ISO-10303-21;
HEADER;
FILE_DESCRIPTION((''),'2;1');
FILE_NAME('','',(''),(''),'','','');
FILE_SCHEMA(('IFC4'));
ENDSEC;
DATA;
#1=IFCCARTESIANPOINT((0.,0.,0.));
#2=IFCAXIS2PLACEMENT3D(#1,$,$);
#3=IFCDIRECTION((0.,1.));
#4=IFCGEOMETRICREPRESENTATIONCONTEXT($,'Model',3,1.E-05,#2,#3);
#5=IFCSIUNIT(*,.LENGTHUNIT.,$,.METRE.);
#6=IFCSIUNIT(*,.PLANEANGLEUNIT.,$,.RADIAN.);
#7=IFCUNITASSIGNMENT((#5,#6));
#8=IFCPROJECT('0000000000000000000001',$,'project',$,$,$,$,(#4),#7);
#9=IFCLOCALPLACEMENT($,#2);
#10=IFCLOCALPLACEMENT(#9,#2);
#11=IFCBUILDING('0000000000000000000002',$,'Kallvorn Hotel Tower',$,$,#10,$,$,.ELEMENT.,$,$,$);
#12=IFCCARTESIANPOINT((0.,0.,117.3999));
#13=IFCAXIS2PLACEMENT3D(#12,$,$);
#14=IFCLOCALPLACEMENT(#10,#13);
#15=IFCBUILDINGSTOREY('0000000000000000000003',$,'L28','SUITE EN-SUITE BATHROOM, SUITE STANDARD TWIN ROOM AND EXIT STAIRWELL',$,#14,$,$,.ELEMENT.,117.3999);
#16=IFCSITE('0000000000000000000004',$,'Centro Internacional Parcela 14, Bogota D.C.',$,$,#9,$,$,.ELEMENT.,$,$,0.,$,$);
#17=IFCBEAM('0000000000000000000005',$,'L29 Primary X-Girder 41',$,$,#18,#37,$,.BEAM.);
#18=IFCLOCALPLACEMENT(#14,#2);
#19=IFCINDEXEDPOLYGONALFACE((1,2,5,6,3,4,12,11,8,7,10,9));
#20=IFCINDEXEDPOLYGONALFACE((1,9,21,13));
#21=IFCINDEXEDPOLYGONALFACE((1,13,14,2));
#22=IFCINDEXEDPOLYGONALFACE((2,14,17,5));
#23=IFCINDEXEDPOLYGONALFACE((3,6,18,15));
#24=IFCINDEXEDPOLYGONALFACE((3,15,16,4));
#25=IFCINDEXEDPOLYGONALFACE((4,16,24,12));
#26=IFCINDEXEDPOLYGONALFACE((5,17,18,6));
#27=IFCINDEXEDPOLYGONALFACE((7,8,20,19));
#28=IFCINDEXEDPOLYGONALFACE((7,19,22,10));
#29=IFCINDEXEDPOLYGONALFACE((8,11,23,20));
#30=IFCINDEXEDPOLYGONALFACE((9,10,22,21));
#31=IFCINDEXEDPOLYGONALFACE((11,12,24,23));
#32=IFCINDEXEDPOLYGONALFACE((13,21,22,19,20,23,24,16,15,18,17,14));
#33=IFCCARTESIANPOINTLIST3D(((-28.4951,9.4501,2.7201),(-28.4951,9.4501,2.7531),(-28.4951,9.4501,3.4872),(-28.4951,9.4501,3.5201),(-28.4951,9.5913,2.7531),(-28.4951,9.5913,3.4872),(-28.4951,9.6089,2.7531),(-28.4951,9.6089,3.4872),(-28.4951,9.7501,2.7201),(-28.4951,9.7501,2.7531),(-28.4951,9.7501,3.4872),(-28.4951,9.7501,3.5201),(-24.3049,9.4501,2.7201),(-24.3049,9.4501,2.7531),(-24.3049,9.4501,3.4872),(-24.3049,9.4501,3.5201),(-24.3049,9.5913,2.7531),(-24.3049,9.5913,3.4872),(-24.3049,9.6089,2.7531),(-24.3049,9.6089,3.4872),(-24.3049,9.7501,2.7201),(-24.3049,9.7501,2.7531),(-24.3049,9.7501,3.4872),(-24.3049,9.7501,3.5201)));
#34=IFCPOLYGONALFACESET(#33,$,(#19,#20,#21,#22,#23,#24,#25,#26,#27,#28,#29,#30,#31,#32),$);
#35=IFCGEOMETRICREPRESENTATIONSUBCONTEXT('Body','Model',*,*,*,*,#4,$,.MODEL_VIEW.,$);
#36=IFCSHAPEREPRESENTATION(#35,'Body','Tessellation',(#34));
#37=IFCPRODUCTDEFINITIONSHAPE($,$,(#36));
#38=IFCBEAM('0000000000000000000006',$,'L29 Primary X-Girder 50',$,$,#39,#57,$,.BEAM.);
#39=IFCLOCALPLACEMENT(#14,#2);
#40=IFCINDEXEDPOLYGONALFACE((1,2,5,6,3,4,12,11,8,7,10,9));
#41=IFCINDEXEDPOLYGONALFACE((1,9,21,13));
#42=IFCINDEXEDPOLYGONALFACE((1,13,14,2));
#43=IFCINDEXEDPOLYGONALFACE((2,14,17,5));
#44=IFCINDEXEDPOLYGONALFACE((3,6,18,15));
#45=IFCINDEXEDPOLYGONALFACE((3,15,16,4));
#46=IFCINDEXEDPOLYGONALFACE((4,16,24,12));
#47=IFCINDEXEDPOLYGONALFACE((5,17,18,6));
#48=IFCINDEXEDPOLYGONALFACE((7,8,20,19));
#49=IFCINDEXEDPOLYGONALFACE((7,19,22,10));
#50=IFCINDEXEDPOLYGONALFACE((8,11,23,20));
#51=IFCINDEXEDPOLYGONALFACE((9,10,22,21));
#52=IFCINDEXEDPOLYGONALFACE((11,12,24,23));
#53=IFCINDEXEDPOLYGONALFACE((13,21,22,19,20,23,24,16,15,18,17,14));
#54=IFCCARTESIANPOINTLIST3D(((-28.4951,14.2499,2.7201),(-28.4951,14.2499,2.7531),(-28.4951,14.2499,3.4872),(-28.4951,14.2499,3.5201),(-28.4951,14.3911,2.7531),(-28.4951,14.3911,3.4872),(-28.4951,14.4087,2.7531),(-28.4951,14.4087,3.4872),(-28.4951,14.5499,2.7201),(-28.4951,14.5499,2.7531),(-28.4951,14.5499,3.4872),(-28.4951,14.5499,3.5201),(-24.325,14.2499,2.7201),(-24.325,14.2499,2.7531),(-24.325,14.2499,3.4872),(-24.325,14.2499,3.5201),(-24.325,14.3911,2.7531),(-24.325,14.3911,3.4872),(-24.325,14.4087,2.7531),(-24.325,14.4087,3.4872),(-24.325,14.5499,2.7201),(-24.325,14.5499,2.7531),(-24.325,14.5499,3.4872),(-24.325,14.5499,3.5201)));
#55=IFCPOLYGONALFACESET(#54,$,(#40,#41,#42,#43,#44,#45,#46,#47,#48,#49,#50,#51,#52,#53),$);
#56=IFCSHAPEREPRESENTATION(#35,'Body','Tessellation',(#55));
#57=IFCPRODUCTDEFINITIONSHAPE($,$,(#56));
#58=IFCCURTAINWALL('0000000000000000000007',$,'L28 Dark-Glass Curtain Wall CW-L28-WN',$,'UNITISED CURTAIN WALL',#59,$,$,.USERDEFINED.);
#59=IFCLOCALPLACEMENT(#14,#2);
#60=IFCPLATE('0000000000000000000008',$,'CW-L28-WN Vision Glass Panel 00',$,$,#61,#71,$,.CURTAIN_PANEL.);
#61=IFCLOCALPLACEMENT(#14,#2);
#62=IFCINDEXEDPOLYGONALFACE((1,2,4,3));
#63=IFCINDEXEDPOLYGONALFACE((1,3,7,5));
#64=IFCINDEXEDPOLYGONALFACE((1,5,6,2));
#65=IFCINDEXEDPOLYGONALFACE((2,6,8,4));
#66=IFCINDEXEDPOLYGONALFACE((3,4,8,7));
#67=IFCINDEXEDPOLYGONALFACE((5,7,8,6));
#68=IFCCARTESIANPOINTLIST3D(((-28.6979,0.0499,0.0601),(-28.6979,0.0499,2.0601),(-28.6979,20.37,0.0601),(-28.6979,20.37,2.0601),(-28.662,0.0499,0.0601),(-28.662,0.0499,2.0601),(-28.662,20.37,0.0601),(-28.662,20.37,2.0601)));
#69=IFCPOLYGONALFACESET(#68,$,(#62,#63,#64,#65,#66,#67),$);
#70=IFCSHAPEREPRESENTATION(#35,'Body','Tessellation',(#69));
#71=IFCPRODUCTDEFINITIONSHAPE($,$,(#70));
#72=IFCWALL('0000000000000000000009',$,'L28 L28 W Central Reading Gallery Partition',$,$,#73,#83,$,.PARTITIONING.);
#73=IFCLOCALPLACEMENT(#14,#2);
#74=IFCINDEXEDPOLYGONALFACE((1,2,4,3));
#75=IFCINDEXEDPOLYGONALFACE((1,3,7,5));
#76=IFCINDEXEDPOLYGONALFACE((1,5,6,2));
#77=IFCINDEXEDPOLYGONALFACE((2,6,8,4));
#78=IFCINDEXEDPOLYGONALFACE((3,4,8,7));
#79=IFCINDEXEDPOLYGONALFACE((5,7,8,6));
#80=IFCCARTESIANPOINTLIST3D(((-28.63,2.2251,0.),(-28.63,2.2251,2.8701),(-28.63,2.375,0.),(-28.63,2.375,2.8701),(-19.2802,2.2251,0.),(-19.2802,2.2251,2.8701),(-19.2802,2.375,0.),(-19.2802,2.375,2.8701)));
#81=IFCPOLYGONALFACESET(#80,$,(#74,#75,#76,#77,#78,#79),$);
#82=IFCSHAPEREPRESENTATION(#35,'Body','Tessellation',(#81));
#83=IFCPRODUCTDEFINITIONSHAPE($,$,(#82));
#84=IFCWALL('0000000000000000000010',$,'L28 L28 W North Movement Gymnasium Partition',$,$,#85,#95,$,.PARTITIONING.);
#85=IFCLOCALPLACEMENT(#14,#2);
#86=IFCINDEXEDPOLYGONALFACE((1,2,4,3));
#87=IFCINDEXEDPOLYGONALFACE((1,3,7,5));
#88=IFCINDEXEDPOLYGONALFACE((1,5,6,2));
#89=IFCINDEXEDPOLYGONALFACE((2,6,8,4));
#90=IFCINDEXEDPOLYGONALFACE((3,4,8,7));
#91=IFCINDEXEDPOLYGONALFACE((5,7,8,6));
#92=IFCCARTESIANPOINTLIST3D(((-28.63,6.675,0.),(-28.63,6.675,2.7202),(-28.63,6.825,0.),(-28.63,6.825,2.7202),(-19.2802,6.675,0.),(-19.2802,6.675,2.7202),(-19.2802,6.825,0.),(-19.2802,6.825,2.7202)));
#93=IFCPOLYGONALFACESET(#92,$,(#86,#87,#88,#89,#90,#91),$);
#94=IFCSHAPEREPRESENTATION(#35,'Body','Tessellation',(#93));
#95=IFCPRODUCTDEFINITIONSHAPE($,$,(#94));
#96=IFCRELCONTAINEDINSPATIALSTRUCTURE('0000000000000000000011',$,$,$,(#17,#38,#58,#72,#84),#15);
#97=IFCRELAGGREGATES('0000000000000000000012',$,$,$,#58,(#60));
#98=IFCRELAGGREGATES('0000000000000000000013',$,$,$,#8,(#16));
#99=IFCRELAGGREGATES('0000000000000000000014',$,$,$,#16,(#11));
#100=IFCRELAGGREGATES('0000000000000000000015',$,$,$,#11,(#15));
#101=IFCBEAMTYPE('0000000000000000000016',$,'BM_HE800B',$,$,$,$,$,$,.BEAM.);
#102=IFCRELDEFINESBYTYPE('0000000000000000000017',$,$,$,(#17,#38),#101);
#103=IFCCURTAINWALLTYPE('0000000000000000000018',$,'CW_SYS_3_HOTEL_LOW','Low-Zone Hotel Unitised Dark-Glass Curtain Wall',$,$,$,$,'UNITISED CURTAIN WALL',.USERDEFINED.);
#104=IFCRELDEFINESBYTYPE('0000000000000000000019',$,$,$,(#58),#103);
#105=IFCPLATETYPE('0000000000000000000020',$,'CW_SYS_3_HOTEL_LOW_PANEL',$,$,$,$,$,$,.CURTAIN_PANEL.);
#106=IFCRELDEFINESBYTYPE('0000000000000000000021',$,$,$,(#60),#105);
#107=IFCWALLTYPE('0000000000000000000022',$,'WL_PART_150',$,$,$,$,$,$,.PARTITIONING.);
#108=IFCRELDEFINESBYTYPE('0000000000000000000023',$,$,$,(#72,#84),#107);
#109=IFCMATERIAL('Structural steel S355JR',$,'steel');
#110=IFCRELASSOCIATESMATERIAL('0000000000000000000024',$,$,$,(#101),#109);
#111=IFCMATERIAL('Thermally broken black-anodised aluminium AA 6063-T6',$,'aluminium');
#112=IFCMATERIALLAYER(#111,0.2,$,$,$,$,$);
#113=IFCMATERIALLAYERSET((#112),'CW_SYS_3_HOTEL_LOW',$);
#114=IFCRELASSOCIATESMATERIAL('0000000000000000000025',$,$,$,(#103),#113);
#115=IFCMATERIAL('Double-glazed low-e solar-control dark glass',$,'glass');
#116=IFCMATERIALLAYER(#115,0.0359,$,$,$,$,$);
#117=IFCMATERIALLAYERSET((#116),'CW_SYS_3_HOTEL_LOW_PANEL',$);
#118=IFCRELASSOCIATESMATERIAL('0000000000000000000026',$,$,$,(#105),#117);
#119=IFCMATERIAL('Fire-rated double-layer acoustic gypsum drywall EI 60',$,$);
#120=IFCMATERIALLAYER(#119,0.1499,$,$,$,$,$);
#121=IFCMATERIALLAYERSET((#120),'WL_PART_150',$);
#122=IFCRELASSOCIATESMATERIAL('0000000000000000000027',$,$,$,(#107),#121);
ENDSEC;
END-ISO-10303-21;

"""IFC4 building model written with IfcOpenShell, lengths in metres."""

from ifc_helpers import new_model, si_unit, direction, frame, frame_2d, origin, origin_2d, place, context, subcontext, project, spatial, rectangle, i_section, extrude, material, layer, layer_set, material_profile, profile_set, type_object, element, aggregate, save


model = new_model("IFC4")

# Units and contexts
model_context = context("Model", 3, precision=1e-05, world=origin(), true_north=direction((0.0, 1.0)))
body_context = subcontext(model_context, "Body", "Model", "MODEL_VIEW")
ifc_project = project(units=[si_unit("LENGTHUNIT", "METRE"), si_unit("PLANEANGLEUNIT", "RADIAN")], contexts=[model_context])

# Site, building, storey
site_placement = place(None, origin())
site = spatial("IfcSite", under=ifc_project, at=site_placement, Name="Centro Internacional Parcela 14, Bogota D.C.", CompositionType="ELEMENT", RefElevation=0.0)
building_placement = place(site_placement, origin())
building = spatial("IfcBuilding", under=site, at=building_placement, Name="Kallvorn Hotel Tower", CompositionType="ELEMENT")
storey_placement = place(building_placement, frame((0.0, 0.0, 117.3999)))
storey = spatial("IfcBuildingStorey", under=building, at=storey_placement, Name="L28", Description="SUITE EN-SUITE BATHROOM, SUITE STANDARD TWIN ROOM AND EXIT STAIRWELL", CompositionType="ELEMENT", Elevation=117.3999)

# Beams
ifc_material_1 = material(Name="Structural steel S355JR", Category="steel")
ifc_material_profile_1 = material_profile(ifc_material_1, i_section(OverallWidth=0.3, OverallDepth=0.8, WebThickness=0.0176, FlangeThickness=0.033, at=origin_2d()), Name="HE 800 B")
ifc_profile_set_1 = profile_set([ifc_material_profile_1], Name="Structural steel S355JR")
beam_type_1 = type_object("IfcBeamType", Name="BM_HE800B", PredefinedType="BEAM", material=ifc_profile_set_1)
beam_1_placement = place(storey_placement, frame((-28.4951, 9.6001, 3.1201), z_axis=(1.0, 0.0, 0.0), x_axis=(0.0, 1.0, 0.0)))
element("IfcBeam", 1, at=beam_1_placement, inside=storey, type_object=beam_type_1, Name="L29 Primary X-Girder 41", PredefinedType="BEAM", context=body_context, shape_type="SweptSolid", body=[
    extrude(i_section(OverallWidth=0.3, OverallDepth=0.8, WebThickness=0.0176, FlangeThickness=0.033, at=origin_2d()), origin(), (0.0, 0.0, 1.0), 4.1902),
])
beam_2_placement = place(storey_placement, frame((-28.4951, 14.3999, 3.1201), z_axis=(1.0, 0.0, 0.0), x_axis=(0.0, 1.0, 0.0)))
element("IfcBeam", 2, at=beam_2_placement, inside=storey, type_object=beam_type_1, Name="L29 Primary X-Girder 50", PredefinedType="BEAM", context=body_context, shape_type="SweptSolid", body=[
    extrude(i_section(OverallWidth=0.3, OverallDepth=0.8, WebThickness=0.0176, FlangeThickness=0.033, at=origin_2d()), origin(), (0.0, 0.0, 1.0), 4.1702),
])

# Curtain wall, plate
ifc_material_2 = material(Name="Thermally broken black-anodised aluminium AA 6063-T6", Category="aluminium")
ifc_layer_1 = layer(ifc_material_2, 0.2)
ifc_layer_set_1 = layer_set([ifc_layer_1], Name="CW_SYS_3_HOTEL_LOW")
curtain_wall_type = type_object("IfcCurtainWallType", Name="CW_SYS_3_HOTEL_LOW", Description="Low-Zone Hotel Unitised Dark-Glass Curtain Wall", ElementType="UNITISED CURTAIN WALL", PredefinedType="USERDEFINED", material=ifc_layer_set_1)
curtain_wall_placement = place(storey_placement, origin())
curtain_wall = element("IfcCurtainWall", 3, at=curtain_wall_placement, inside=storey, type_object=curtain_wall_type, Name="L28 Dark-Glass Curtain Wall CW-L28-WN", ObjectType="UNITISED CURTAIN WALL", PredefinedType="USERDEFINED")
ifc_material_3 = material(Name="Double-glazed low-e solar-control dark glass", Category="glass")
ifc_layer_2 = layer(ifc_material_3, 0.0359)
ifc_layer_set_2 = layer_set([ifc_layer_2], Name="CW_SYS_3_HOTEL_LOW_PANEL")
plate_type = type_object("IfcPlateType", Name="CW_SYS_3_HOTEL_LOW_PANEL", PredefinedType="CURTAIN_PANEL", material=ifc_layer_set_2)
plate_placement = place(storey_placement, frame((-28.6799, 10.21, 0.0601), z_axis=(0.0, 0.0, 1.0), x_axis=(0.0, 1.0, 0.0)))
plate = element("IfcPlate", 4, at=plate_placement, type_object=plate_type, Name="CW-L28-WN Vision Glass Panel 00", PredefinedType="CURTAIN_PANEL", context=body_context, shape_type="SweptSolid", body=[
    extrude(rectangle(XDim=20.3201, YDim=0.0359, at=origin_2d()), origin(), (0.0, 0.0, 1.0), 2.0),
])
aggregate(curtain_wall, [plate])

# Walls
ifc_material_4 = material(Name="Fire-rated double-layer acoustic gypsum drywall EI 60")
ifc_layer_3 = layer(ifc_material_4, 0.1499)
ifc_layer_set_3 = layer_set([ifc_layer_3], Name="WL_PART_150")
wall_type_1 = type_object("IfcWallType", Name="WL_PART_150", PredefinedType="PARTITIONING", material=ifc_layer_set_3)
wall_1_placement = place(storey_placement, frame((-28.6299, 2.3, 0.0), z_axis=(0.0, 0.0, 1.0), x_axis=(1.0, 0.0, 0.0)))
element("IfcWall", 5, at=wall_1_placement, inside=storey, type_object=wall_type_1, Name="L28 L28 W Central Reading Gallery Partition", PredefinedType="PARTITIONING", context=body_context, shape_type="SweptSolid", body=[
    extrude(rectangle(XDim=9.3499, YDim=0.1499, at=frame_2d((4.6748, 0.0))), origin(), (0.0, 0.0, 1.0), 2.8701),
])
wall_2_placement = place(storey_placement, frame((-28.6299, 6.75, 0.0), z_axis=(0.0, 0.0, 1.0), x_axis=(1.0, 0.0, 0.0)))
element("IfcWall", 6, at=wall_2_placement, inside=storey, type_object=wall_type_1, Name="L28 L28 W North Movement Gymnasium Partition", PredefinedType="PARTITIONING", context=body_context, shape_type="SweptSolid", body=[
    extrude(rectangle(XDim=9.3499, YDim=0.1499, at=frame_2d((4.6748, 0.0))), origin(), (0.0, 0.0, 1.0), 2.7202),
])

save(model, "model.ifc")
